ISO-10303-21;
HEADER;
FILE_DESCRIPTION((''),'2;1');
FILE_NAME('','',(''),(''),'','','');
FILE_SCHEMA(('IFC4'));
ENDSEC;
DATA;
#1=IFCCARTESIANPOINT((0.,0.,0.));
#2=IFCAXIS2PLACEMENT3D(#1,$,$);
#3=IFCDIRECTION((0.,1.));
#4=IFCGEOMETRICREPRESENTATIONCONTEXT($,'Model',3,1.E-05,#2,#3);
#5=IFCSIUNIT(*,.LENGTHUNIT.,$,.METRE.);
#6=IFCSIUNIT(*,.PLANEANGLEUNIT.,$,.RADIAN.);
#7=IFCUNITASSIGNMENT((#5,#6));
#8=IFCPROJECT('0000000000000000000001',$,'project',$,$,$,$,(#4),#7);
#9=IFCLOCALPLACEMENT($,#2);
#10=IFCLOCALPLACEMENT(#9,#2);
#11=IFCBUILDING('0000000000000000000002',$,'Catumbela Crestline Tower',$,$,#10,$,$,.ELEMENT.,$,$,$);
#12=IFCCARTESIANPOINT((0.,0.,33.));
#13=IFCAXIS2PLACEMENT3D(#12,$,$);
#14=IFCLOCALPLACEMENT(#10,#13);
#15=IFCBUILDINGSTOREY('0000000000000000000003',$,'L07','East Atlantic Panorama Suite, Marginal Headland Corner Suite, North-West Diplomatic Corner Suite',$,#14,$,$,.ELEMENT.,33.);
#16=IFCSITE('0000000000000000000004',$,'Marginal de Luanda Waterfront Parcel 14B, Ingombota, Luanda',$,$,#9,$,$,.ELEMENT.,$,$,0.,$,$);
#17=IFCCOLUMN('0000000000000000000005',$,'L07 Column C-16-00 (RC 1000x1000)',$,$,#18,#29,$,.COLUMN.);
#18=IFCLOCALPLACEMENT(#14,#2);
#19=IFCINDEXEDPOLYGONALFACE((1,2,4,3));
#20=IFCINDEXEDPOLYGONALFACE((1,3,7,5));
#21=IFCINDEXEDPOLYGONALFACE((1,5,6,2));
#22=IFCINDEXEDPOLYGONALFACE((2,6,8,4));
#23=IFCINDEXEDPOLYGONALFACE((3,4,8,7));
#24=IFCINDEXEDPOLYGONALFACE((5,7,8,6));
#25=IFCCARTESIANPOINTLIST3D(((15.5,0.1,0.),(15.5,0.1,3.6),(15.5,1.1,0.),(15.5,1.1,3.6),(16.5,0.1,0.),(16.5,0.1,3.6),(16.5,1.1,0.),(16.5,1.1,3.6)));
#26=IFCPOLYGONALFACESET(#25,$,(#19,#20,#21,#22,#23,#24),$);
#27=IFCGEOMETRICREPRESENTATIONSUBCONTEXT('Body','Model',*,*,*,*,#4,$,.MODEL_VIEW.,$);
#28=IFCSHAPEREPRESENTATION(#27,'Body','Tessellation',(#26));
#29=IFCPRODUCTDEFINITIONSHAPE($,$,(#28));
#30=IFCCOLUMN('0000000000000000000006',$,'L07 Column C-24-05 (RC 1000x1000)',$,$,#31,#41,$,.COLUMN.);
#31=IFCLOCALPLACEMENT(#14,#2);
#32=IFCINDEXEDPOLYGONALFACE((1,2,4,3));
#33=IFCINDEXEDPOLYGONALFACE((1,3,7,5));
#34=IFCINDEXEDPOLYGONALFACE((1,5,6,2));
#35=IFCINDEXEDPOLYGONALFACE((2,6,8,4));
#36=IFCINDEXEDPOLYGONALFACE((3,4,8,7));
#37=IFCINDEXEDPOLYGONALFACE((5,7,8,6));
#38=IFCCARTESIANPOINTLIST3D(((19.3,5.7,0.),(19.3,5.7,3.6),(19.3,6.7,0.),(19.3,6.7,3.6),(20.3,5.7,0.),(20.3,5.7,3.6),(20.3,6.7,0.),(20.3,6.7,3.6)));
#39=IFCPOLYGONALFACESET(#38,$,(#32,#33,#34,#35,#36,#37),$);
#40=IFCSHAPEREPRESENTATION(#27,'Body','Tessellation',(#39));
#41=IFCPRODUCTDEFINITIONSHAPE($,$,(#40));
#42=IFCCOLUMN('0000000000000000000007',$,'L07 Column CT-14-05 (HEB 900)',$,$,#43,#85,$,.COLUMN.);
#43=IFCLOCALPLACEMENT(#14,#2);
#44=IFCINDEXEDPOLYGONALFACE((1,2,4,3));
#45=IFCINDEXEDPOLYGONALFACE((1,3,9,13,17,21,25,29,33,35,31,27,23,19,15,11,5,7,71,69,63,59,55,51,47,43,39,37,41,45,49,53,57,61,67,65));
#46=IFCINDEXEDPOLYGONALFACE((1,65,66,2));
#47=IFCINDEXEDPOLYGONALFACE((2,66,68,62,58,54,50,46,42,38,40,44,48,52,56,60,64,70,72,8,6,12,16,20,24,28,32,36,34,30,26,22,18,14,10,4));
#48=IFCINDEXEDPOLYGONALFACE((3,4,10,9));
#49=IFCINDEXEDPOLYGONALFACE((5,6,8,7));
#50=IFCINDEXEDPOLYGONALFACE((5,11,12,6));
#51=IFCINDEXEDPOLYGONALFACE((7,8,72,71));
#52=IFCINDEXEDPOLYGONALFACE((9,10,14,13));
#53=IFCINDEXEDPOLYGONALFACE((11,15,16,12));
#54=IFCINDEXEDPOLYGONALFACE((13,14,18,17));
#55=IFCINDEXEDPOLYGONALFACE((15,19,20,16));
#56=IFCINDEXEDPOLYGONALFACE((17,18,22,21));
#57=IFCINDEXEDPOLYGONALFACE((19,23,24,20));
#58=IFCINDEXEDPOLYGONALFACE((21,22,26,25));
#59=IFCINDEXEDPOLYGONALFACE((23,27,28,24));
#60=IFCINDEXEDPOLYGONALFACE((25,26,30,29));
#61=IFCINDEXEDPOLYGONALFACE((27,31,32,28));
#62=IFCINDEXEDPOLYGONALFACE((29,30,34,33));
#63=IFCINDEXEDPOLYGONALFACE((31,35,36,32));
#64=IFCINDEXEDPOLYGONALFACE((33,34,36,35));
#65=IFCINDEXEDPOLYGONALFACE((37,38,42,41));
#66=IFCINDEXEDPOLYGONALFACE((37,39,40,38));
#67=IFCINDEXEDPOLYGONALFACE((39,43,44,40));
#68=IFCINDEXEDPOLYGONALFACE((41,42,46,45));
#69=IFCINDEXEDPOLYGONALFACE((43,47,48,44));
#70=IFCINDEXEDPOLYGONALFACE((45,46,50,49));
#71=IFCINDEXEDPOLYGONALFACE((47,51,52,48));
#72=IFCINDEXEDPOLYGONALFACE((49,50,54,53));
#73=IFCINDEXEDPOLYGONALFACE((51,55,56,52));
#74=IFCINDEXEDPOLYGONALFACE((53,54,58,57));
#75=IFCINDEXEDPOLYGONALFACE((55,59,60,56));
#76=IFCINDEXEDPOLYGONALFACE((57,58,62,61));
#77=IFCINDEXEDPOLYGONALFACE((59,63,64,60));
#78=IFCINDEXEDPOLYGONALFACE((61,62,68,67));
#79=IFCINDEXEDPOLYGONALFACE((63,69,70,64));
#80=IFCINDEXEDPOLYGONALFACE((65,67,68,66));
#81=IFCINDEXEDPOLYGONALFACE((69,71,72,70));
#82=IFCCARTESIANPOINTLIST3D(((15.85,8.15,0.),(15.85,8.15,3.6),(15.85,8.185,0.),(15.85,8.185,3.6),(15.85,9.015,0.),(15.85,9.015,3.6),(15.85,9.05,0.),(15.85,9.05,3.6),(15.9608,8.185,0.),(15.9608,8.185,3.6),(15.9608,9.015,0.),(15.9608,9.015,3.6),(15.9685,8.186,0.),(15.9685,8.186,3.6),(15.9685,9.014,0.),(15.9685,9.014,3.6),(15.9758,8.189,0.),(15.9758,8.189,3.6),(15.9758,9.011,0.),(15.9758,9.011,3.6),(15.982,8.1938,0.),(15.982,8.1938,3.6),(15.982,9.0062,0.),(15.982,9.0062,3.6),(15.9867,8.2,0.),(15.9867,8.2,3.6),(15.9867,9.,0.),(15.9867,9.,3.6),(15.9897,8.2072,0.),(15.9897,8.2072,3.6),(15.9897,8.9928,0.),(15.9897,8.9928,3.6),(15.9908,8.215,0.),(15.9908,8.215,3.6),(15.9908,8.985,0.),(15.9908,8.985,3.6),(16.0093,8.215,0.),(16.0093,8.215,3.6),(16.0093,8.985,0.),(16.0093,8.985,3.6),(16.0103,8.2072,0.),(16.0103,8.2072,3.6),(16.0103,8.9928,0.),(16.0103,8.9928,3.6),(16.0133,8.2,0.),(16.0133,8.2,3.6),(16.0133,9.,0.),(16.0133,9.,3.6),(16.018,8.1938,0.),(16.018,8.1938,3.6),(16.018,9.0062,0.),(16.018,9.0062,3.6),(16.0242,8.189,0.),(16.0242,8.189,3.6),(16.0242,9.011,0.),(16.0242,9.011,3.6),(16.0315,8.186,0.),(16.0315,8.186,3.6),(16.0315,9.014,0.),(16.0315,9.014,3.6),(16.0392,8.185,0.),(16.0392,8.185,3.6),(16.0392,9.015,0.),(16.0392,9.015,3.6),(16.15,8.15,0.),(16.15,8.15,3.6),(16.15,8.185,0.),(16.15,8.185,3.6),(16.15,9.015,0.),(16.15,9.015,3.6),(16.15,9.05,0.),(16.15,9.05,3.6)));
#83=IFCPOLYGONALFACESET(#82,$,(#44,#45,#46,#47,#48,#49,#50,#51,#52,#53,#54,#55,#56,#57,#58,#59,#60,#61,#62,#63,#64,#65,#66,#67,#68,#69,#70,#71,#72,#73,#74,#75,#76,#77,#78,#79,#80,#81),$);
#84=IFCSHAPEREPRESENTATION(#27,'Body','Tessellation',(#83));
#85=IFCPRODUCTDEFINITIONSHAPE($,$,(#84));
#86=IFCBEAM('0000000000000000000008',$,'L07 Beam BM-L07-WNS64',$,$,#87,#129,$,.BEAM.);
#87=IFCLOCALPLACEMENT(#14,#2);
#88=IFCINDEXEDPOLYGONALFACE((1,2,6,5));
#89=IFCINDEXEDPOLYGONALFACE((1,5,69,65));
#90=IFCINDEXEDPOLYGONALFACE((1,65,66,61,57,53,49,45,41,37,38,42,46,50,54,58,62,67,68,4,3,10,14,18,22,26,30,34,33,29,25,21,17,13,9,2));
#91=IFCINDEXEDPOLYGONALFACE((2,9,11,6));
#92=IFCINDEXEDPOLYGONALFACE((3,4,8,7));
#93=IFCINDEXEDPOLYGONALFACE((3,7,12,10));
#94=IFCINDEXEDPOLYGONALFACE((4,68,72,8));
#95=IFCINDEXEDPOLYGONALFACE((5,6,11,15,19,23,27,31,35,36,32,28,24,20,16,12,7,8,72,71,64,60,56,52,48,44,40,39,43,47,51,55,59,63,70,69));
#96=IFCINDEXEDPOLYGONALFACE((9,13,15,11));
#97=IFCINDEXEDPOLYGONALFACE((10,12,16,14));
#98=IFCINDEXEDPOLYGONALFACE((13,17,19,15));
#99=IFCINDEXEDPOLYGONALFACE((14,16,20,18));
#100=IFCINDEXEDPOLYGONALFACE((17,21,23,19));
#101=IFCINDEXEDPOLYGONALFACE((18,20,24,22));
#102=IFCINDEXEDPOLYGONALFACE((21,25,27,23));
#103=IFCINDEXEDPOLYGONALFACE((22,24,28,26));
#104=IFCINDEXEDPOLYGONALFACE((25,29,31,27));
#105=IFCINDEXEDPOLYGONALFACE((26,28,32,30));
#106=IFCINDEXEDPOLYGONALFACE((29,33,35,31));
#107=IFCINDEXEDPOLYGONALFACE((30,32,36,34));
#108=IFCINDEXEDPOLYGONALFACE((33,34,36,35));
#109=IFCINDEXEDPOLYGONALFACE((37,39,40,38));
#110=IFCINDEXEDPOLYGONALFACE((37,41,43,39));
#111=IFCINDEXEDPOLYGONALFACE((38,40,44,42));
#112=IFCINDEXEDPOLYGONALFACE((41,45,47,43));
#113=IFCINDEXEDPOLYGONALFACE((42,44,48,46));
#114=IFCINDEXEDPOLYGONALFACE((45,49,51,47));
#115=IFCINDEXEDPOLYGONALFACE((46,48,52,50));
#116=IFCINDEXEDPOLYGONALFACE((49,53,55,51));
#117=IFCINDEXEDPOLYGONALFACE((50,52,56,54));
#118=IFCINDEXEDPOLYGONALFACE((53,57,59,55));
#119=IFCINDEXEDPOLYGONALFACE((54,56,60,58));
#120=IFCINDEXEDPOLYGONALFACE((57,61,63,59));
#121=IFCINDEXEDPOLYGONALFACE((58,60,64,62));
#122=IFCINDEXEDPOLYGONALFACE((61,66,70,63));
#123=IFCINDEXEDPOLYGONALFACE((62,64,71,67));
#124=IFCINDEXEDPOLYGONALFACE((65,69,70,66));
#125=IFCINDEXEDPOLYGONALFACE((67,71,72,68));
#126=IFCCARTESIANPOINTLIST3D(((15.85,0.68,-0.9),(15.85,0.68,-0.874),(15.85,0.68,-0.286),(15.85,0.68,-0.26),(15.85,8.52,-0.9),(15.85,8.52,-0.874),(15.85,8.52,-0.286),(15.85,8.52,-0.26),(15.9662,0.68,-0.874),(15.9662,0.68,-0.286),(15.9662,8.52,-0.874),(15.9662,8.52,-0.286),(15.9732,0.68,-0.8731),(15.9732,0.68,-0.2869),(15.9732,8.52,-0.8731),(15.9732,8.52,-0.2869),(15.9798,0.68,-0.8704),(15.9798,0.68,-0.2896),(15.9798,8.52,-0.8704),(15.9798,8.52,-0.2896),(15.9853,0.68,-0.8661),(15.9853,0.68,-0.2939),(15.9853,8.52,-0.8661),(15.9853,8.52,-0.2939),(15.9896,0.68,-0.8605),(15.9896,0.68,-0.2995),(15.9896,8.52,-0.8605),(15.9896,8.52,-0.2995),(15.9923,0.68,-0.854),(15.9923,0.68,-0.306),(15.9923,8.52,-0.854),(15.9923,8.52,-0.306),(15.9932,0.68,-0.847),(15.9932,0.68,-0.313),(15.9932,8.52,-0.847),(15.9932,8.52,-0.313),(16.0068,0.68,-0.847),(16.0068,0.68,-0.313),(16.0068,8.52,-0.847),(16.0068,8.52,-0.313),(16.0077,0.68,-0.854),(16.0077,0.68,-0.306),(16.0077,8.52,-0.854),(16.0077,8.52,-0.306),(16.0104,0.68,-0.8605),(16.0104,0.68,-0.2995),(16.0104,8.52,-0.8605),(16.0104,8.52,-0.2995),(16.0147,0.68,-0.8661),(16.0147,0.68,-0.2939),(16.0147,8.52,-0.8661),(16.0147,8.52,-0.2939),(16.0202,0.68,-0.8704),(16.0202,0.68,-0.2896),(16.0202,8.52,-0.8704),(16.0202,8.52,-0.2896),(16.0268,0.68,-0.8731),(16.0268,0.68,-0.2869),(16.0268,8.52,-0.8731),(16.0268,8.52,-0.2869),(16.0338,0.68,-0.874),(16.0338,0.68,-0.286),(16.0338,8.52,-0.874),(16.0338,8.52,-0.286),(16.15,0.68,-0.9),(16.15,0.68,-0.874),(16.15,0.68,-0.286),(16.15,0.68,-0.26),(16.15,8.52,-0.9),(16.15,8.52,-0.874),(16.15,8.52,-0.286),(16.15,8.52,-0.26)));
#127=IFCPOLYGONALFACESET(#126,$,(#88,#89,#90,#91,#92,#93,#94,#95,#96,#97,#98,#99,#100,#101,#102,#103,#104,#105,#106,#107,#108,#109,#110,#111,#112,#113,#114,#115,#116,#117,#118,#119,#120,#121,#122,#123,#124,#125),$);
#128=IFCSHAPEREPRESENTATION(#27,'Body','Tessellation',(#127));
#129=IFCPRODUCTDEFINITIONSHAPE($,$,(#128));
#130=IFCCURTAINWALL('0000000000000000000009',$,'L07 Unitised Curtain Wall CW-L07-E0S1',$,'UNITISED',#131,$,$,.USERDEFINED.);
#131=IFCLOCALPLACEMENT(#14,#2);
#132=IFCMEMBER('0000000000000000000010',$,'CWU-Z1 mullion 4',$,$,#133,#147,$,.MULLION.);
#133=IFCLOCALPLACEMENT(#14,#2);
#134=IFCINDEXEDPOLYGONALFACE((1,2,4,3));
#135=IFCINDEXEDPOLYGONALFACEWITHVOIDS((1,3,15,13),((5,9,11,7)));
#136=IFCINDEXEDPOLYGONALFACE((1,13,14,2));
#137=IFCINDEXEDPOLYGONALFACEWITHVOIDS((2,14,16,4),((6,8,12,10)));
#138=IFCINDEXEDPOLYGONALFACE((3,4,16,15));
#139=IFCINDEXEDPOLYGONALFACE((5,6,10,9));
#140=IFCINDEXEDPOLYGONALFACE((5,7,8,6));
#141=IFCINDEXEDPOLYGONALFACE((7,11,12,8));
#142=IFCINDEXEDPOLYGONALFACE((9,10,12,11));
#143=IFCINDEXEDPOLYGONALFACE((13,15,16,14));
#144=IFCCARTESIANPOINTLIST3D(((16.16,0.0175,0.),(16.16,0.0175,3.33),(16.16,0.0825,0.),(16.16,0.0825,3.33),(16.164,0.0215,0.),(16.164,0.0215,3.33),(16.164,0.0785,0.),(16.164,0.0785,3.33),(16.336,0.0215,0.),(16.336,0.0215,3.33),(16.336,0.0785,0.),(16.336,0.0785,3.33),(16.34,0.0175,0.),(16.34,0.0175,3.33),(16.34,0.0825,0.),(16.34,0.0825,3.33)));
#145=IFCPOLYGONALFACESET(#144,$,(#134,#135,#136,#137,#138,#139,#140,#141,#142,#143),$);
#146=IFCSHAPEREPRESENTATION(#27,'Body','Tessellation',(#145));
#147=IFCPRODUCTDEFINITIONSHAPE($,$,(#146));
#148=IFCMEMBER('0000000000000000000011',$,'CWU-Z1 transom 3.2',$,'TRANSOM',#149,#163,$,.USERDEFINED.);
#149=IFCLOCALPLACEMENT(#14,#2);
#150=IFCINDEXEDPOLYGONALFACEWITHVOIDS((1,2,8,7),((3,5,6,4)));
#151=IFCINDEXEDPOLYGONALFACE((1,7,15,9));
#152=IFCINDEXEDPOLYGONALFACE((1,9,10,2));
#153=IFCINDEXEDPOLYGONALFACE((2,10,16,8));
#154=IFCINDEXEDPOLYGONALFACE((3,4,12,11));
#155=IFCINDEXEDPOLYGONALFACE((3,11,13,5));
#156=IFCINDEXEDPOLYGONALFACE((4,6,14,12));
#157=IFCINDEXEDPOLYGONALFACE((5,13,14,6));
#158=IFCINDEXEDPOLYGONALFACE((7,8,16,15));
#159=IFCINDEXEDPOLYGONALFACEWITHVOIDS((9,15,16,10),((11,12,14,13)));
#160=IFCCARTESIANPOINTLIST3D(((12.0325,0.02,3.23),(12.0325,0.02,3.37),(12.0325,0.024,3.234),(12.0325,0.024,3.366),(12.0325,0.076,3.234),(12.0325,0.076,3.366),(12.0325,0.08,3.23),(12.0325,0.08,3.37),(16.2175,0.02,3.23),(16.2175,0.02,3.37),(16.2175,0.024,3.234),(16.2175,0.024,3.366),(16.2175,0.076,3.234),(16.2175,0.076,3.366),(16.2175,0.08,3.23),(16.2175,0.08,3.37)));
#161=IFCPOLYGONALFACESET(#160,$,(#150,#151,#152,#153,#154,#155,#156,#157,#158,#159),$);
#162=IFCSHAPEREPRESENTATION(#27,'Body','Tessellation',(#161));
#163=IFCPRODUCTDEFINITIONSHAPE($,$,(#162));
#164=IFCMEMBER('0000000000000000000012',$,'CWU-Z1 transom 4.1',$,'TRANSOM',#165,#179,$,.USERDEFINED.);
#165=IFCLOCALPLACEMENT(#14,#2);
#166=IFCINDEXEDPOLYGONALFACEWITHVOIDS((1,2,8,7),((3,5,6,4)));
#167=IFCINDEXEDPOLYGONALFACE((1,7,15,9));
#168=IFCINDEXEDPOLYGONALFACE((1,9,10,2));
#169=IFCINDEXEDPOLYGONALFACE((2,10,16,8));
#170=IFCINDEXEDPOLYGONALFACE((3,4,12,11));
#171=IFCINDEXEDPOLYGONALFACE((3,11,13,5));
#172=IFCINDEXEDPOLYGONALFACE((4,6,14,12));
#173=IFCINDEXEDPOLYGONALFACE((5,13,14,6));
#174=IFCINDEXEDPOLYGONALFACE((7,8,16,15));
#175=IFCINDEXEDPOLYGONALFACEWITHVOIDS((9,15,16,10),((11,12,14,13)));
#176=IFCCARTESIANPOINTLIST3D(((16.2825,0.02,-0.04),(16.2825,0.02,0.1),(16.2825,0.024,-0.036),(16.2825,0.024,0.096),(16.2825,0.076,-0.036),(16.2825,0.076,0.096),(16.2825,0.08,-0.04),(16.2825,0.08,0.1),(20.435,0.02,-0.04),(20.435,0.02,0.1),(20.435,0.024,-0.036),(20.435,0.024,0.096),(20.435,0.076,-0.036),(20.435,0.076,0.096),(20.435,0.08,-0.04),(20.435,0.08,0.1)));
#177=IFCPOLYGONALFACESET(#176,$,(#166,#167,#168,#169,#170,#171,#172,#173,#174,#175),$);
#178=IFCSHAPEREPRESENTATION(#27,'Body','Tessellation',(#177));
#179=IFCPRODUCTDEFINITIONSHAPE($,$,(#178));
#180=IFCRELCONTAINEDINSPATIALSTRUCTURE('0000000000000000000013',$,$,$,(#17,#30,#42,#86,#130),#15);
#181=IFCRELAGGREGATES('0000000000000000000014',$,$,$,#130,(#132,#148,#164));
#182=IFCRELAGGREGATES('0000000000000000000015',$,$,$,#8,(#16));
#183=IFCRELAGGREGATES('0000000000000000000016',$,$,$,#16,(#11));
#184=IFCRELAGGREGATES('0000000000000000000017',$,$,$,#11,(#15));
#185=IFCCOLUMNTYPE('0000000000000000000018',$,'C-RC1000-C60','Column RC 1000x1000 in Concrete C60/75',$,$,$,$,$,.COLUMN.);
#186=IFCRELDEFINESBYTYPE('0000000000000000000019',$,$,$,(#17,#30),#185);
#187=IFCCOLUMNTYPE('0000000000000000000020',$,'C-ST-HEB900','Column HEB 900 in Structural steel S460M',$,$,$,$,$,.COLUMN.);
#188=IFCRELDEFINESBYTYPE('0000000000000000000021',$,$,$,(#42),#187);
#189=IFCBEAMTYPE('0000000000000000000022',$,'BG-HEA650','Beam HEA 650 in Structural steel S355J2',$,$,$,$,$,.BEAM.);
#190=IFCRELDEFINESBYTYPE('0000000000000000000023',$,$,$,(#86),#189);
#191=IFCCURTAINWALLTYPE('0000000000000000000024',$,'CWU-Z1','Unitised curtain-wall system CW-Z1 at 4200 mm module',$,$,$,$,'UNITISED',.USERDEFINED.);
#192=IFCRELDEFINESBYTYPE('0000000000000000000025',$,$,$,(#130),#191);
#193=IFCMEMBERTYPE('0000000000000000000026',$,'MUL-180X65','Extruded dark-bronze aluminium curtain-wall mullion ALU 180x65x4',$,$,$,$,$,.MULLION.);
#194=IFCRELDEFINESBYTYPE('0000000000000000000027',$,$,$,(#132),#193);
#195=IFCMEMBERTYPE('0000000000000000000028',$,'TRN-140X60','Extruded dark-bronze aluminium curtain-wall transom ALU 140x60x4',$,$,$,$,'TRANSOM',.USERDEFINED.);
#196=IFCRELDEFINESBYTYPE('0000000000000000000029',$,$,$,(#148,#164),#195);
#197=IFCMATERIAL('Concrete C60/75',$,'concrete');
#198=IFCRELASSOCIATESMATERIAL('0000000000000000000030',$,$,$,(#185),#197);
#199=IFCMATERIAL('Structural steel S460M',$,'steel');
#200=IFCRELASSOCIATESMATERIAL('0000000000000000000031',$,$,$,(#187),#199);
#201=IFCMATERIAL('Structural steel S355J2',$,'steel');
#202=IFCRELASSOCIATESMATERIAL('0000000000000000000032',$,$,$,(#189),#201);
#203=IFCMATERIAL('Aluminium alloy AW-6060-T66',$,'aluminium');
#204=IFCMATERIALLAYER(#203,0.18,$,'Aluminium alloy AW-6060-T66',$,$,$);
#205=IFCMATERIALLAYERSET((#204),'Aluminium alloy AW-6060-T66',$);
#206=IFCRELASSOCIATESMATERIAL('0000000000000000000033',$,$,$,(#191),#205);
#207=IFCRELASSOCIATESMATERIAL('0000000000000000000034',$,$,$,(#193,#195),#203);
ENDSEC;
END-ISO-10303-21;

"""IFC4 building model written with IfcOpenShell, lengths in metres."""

from ifc_helpers import new_model, si_unit, direction, frame, origin, origin_2d, place, context, subcontext, project, spatial, rectangle, hollow_rectangle, i_section, extrude, material, layer, layer_set, material_profile, profile_set, type_object, element, aggregate, save


model = new_model("IFC4")

# Units and contexts
model_context = context("Model", 3, precision=1e-05, world=origin(), true_north=direction((0.0, 1.0)))
body_context = subcontext(model_context, "Body", "Model", "MODEL_VIEW")
ifc_project = project(units=[si_unit("LENGTHUNIT", "METRE"), si_unit("PLANEANGLEUNIT", "RADIAN")], contexts=[model_context])

# Site, building, storey
site_placement = place(None, origin())
site = spatial("IfcSite", under=ifc_project, at=site_placement, Name="Marginal de Luanda Waterfront Parcel 14B, Ingombota, Luanda", CompositionType="ELEMENT", RefElevation=0.0)
building_placement = place(site_placement, origin())
building = spatial("IfcBuilding", under=site, at=building_placement, Name="Catumbela Crestline Tower", CompositionType="ELEMENT")
storey_placement = place(building_placement, frame((0.0, 0.0, 33.0)))
storey = spatial("IfcBuildingStorey", under=building, at=storey_placement, Name="L07", Description="East Atlantic Panorama Suite, Marginal Headland Corner Suite, North-West Diplomatic Corner Suite", CompositionType="ELEMENT", Elevation=33.0)

# Columns
ifc_material_1 = material(Name="Concrete C60/75", Category="concrete")
ifc_material_profile_1 = material_profile(ifc_material_1, rectangle(XDim=1.0, YDim=1.0, at=origin_2d()), Name="RC 1000x1000")
ifc_profile_set_1 = profile_set([ifc_material_profile_1], Name="Concrete C60/75")
column_type_1 = type_object("IfcColumnType", Name="C-RC1000-C60", Description="Column RC 1000x1000 in Concrete C60/75", PredefinedType="COLUMN", material=ifc_profile_set_1)
for number, where, z_axis, x_axis, name in (
    (1, (16.0, 0.6, 0.0), (0.0, 0.0, 1.0), (1.0, 0.0, 0.0), "L07 Column C-16-00 (RC 1000x1000)"),
    (2, (19.8, 6.2, 0.0), (0.0, 0.0, 1.0), (1.0, 0.0, 0.0), "L07 Column C-24-05 (RC 1000x1000)"),
):
    element("IfcColumn", number, at=place(storey_placement, frame(where, z_axis=z_axis, x_axis=x_axis)), inside=storey, type_object=column_type_1, Name=name, PredefinedType="COLUMN", context=body_context, shape_type="SweptSolid", body=[
        extrude(rectangle(XDim=1.0, YDim=1.0, at=origin_2d()), origin(), (0.0, 0.0, 1.0), 3.6),
    ])
ifc_material_2 = material(Name="Structural steel S460M", Category="steel")
ifc_material_profile_2 = material_profile(ifc_material_2, i_section(OverallWidth=0.3, OverallDepth=0.9, WebThickness=0.0185, FlangeThickness=0.035, FilletRadius=0.03, at=origin_2d()), Name="HEB 900")
ifc_profile_set_2 = profile_set([ifc_material_profile_2], Name="Structural steel S460M")
column_type_2 = type_object("IfcColumnType", Name="C-ST-HEB900", Description="Column HEB 900 in Structural steel S460M", PredefinedType="COLUMN", material=ifc_profile_set_2)
column_placement = place(storey_placement, frame((16.0, 8.6, 0.0), z_axis=(0.0, 0.0, 1.0), x_axis=(1.0, 0.0, 0.0)))
element("IfcColumn", 3, at=column_placement, inside=storey, type_object=column_type_2, Name="L07 Column CT-14-05 (HEB 900)", PredefinedType="COLUMN", context=body_context, shape_type="SweptSolid", body=[
    extrude(i_section(OverallWidth=0.3, OverallDepth=0.9, WebThickness=0.0185, FlangeThickness=0.035, FilletRadius=0.03, at=origin_2d()), origin(), (0.0, 0.0, 1.0), 3.6),
])

# Beam
ifc_material_3 = material(Name="Structural steel S355J2", Category="steel")
ifc_material_profile_3 = material_profile(ifc_material_3, i_section(OverallWidth=0.3, OverallDepth=0.64, WebThickness=0.0135, FlangeThickness=0.026, FilletRadius=0.027, at=origin_2d()), Name="HEA 650")
ifc_profile_set_3 = profile_set([ifc_material_profile_3], Name="Structural steel S355J2")
beam_type = type_object("IfcBeamType", Name="BG-HEA650", Description="Beam HEA 650 in Structural steel S355J2", PredefinedType="BEAM", material=ifc_profile_set_3)
beam_placement = place(storey_placement, frame((16.0, 0.68, -0.58), z_axis=(0.0, 1.0, 0.0), x_axis=(-1.0, 0.0, 0.0)))
element("IfcBeam", 4, at=beam_placement, inside=storey, type_object=beam_type, Name="L07 Beam BM-L07-WNS64", PredefinedType="BEAM", context=body_context, shape_type="SweptSolid", body=[
    extrude(i_section(OverallWidth=0.3, OverallDepth=0.64, WebThickness=0.0135, FlangeThickness=0.026, FilletRadius=0.027, at=origin_2d()), origin(), (0.0, 0.0, 1.0), 7.84),
])

# Curtain wall, members
ifc_material_4 = material(Name="Aluminium alloy AW-6060-T66", Category="aluminium")
ifc_layer_1 = layer(ifc_material_4, 0.18, Name="Aluminium alloy AW-6060-T66")
ifc_layer_set_1 = layer_set([ifc_layer_1], Name="Aluminium alloy AW-6060-T66")
curtain_wall_type = type_object("IfcCurtainWallType", Name="CWU-Z1", Description="Unitised curtain-wall system CW-Z1 at 4200 mm module", ElementType="UNITISED", PredefinedType="USERDEFINED", material=ifc_layer_set_1)
curtain_wall_placement = place(storey_placement, origin())
curtain_wall = element("IfcCurtainWall", 5, at=curtain_wall_placement, inside=storey, type_object=curtain_wall_type, Name="L07 Unitised Curtain Wall CW-L07-E0S1", ObjectType="UNITISED", PredefinedType="USERDEFINED")
ifc_material_profile_4 = material_profile(ifc_material_4, hollow_rectangle(XDim=0.065, YDim=0.18, WallThickness=0.004, at=origin_2d()), Name="ALU 180x65x4")
ifc_profile_set_4 = profile_set([ifc_material_profile_4], Name="Aluminium alloy AW-6060-T66")
member_type_1 = type_object("IfcMemberType", Name="MUL-180X65", Description="Extruded dark-bronze aluminium curtain-wall mullion ALU 180x65x4", PredefinedType="MULLION", material=ifc_profile_set_4)
member_1_placement = place(storey_placement, frame((16.25, 0.05, 0.0), z_axis=(0.0, 0.0, 1.0), x_axis=(0.0, 1.0, 0.0)))
member_1 = element("IfcMember", 6, at=member_1_placement, type_object=member_type_1, Name="CWU-Z1 mullion 4", PredefinedType="MULLION", context=body_context, shape_type="SweptSolid", body=[
    extrude(hollow_rectangle(XDim=0.065, YDim=0.18, WallThickness=0.004, at=origin_2d()), origin(), (0.0, 0.0, 1.0), 3.33),
])
ifc_material_profile_5 = material_profile(ifc_material_4, hollow_rectangle(XDim=0.06, YDim=0.14, WallThickness=0.004, at=origin_2d()), Name="ALU 140x60x4")
ifc_profile_set_5 = profile_set([ifc_material_profile_5], Name="Aluminium alloy AW-6060-T66")
member_type_2 = type_object("IfcMemberType", Name="TRN-140X60", Description="Extruded dark-bronze aluminium curtain-wall transom ALU 140x60x4", ElementType="TRANSOM", PredefinedType="USERDEFINED", material=ifc_profile_set_5)
member_2_placement = place(storey_placement, frame((12.0325, 0.05, 3.3), z_axis=(1.0, 0.0, 0.0), x_axis=(0.0, 1.0, 0.0)))
member_2 = element("IfcMember", 7, at=member_2_placement, type_object=member_type_2, Name="CWU-Z1 transom 3.2", ObjectType="TRANSOM", PredefinedType="USERDEFINED", context=body_context, shape_type="SweptSolid", body=[
    extrude(hollow_rectangle(XDim=0.06, YDim=0.14, WallThickness=0.004, at=origin_2d()), origin(), (0.0, 0.0, 1.0), 4.185),
])
member_3_placement = place(storey_placement, frame((16.2825, 0.05, 0.03), z_axis=(1.0, 0.0, 0.0), x_axis=(0.0, 1.0, 0.0)))
member_3 = element("IfcMember", 8, at=member_3_placement, type_object=member_type_2, Name="CWU-Z1 transom 4.1", ObjectType="TRANSOM", PredefinedType="USERDEFINED", context=body_context, shape_type="SweptSolid", body=[
    extrude(hollow_rectangle(XDim=0.06, YDim=0.14, WallThickness=0.004, at=origin_2d()), origin(), (0.0, 0.0, 1.0), 4.1525),
])
aggregate(curtain_wall, [member_1, member_2, member_3])

save(model, "model.ifc")
